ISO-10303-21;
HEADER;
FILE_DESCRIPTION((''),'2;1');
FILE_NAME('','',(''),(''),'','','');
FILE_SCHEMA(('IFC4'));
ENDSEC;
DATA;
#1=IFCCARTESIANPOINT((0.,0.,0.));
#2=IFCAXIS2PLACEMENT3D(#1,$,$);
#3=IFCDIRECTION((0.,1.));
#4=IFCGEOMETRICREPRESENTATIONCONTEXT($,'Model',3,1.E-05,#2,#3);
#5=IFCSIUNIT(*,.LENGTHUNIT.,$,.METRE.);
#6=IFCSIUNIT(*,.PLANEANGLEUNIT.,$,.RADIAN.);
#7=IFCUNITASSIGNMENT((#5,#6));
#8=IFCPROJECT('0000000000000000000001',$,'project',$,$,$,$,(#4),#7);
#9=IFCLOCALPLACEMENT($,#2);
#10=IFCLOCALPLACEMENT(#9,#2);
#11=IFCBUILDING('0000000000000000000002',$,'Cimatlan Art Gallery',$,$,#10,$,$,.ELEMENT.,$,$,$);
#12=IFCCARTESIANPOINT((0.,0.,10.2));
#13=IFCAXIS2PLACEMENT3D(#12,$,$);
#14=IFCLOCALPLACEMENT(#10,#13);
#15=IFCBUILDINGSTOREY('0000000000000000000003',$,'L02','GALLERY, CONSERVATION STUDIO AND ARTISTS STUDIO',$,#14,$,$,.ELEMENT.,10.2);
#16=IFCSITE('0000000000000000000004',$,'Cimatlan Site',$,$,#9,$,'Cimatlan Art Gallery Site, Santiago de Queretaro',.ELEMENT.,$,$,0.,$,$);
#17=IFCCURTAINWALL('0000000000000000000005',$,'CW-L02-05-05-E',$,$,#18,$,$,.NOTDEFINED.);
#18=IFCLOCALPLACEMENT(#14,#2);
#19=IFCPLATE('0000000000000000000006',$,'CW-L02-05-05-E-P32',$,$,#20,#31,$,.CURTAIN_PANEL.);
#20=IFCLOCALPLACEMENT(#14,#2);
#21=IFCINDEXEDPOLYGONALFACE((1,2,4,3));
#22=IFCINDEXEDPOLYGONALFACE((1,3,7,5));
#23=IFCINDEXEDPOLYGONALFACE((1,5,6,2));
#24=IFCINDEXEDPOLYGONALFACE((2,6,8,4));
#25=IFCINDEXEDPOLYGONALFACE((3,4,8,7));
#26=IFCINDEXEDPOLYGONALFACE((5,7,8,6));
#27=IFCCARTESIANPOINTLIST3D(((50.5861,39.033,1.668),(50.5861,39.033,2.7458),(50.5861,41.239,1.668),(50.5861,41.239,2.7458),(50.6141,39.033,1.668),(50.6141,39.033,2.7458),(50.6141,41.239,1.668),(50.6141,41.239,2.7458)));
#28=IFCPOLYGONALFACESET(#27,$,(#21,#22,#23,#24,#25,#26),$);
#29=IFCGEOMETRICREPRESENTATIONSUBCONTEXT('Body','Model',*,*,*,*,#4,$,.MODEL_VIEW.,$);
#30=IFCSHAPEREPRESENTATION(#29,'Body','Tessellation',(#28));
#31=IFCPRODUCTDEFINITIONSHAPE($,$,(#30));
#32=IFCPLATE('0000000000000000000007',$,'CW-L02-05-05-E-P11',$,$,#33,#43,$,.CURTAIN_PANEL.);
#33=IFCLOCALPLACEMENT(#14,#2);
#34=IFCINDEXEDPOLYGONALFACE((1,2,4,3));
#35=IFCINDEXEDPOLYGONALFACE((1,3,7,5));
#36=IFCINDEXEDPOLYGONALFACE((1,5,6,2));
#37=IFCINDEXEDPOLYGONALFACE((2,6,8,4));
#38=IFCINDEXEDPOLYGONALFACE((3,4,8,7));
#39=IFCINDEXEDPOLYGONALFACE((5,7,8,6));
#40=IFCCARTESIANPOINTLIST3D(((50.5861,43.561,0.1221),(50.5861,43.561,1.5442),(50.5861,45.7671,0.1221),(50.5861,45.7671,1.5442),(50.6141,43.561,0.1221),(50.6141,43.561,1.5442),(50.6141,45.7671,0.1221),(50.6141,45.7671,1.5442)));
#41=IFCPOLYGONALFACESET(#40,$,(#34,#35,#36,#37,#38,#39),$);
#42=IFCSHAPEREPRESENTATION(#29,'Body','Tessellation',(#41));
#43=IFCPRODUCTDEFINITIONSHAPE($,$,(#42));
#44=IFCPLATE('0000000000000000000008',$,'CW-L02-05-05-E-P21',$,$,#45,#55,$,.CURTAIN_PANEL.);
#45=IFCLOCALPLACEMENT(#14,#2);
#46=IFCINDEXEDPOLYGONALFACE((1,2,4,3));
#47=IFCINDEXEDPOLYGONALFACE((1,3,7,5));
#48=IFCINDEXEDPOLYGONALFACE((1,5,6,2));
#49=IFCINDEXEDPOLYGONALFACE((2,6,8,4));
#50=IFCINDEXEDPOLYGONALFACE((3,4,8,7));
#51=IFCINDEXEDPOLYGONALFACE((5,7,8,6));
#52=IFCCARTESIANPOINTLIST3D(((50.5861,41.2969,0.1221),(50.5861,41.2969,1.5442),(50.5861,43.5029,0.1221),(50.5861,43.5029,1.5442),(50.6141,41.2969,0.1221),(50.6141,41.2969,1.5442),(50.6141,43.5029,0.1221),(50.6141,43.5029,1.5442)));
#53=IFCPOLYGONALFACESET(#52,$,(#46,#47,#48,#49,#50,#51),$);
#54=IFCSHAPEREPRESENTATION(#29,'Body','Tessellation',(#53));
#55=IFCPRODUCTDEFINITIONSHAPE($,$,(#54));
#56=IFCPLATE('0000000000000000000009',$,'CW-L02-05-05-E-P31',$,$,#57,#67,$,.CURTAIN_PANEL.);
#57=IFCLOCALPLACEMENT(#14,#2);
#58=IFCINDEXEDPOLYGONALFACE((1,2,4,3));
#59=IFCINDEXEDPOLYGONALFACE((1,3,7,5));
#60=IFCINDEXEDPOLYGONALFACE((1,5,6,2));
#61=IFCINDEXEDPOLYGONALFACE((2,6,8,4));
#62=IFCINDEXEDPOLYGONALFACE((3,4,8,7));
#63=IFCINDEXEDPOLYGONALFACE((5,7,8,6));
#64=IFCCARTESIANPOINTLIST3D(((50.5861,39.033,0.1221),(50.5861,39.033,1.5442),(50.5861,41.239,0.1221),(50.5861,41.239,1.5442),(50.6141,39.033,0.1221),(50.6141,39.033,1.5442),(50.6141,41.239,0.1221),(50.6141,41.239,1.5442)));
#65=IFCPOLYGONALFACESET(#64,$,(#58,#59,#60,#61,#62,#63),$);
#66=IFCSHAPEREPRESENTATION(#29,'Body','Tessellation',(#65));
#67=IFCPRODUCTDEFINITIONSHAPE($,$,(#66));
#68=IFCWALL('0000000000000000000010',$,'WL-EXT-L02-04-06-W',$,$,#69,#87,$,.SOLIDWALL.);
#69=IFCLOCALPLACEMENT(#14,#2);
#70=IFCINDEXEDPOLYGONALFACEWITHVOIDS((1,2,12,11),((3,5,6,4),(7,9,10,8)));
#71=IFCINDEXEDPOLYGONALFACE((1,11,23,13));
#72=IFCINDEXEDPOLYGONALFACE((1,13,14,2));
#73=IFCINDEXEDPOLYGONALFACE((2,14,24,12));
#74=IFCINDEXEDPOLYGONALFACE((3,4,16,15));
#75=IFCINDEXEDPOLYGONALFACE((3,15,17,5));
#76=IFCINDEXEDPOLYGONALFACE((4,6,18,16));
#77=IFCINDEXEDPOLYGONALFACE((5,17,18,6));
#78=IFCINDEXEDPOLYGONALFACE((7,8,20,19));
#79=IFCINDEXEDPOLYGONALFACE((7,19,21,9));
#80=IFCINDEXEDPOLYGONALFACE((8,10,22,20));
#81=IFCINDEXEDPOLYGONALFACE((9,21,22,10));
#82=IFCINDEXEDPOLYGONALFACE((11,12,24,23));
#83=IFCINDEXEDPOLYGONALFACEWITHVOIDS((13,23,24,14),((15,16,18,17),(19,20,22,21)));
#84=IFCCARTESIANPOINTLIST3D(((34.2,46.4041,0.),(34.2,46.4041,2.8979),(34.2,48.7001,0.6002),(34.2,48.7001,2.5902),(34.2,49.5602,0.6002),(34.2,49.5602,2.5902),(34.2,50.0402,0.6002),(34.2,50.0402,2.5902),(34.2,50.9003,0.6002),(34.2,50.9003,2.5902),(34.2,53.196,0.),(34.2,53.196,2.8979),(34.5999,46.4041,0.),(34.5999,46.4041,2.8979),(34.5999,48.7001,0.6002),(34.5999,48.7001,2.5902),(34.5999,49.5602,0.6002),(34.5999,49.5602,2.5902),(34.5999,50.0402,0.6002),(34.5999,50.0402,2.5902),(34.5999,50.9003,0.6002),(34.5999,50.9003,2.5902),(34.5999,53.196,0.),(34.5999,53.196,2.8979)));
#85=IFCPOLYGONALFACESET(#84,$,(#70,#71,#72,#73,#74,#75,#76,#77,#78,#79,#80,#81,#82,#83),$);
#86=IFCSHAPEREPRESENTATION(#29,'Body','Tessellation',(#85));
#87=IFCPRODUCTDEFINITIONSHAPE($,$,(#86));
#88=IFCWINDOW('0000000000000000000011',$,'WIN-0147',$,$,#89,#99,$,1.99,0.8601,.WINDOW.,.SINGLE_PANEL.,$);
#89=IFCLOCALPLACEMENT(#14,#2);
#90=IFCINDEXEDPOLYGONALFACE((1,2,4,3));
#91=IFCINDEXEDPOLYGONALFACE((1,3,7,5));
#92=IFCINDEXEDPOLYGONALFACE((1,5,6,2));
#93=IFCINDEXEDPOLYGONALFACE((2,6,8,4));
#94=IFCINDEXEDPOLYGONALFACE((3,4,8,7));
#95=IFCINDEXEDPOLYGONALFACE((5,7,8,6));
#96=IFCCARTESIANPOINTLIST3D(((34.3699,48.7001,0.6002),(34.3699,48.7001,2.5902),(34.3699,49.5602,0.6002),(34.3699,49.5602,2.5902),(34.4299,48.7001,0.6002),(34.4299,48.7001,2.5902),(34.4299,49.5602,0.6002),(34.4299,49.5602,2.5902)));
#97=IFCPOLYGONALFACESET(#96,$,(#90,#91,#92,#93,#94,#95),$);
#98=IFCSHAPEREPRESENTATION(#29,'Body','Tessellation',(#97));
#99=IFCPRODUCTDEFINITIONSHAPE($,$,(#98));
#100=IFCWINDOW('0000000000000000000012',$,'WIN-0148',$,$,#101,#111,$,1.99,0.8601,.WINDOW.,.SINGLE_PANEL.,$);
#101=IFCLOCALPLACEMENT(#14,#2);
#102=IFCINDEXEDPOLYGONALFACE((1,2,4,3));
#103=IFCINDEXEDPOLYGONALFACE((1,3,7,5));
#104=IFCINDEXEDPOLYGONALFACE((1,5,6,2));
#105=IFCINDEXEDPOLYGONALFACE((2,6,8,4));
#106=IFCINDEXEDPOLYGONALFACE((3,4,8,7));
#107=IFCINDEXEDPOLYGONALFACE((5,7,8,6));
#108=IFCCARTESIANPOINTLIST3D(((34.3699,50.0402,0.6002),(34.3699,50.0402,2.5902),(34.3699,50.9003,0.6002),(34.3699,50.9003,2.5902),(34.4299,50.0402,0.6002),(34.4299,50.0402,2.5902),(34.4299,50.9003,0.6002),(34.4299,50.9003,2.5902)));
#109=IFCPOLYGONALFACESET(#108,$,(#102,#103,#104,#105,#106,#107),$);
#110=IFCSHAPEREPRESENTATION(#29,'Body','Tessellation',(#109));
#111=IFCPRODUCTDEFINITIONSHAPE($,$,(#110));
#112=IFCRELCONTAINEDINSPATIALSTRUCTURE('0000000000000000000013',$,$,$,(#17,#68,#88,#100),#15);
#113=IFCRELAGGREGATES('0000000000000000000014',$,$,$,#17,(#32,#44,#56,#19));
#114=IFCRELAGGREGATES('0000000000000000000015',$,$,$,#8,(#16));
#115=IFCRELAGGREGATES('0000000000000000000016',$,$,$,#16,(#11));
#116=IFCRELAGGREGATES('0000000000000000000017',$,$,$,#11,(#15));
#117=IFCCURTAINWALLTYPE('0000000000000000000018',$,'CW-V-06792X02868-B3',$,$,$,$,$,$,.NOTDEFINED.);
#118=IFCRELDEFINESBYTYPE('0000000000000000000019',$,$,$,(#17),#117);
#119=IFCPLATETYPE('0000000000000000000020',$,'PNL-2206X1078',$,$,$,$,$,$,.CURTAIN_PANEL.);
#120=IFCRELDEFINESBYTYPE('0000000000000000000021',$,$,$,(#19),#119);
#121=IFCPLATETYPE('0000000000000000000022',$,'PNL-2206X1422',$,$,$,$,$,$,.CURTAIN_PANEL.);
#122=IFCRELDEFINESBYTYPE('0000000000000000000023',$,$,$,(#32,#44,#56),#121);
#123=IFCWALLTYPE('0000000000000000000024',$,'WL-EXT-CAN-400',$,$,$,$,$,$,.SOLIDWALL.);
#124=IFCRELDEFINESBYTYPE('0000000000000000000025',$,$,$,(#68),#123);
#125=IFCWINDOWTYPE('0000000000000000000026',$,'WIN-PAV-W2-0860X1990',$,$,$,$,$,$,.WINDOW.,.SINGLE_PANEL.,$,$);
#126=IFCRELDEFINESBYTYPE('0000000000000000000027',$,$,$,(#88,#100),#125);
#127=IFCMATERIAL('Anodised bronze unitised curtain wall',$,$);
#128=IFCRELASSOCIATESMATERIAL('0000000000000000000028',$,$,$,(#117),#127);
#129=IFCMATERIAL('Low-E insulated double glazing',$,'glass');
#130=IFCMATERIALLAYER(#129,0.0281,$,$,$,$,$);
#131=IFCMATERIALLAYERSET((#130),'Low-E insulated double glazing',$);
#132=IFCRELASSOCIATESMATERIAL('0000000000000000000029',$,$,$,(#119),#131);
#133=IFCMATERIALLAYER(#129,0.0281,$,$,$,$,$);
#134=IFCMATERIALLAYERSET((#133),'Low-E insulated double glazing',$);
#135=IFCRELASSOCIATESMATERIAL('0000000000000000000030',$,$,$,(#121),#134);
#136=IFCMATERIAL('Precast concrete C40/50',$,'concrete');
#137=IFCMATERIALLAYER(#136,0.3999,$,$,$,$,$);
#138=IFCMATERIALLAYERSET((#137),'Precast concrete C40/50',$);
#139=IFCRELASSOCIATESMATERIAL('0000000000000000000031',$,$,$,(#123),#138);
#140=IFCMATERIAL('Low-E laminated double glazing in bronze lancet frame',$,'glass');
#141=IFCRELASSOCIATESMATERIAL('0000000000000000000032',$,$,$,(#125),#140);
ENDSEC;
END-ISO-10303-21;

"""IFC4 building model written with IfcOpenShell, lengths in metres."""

from ifc_helpers import new_model, si_unit, direction, frame, frame_2d, origin, origin_2d, place, context, subcontext, project, spatial, rectangle, extrude, material, layer, layer_set, type_object, element, fill, aggregate, save


model = new_model("IFC4")

# Units and contexts
model_context = context("Model", 3, precision=1e-05, world=origin(), true_north=direction((0.0, 1.0)))
body_context = subcontext(model_context, "Body", "Model", "MODEL_VIEW")
ifc_project = project(units=[si_unit("LENGTHUNIT", "METRE"), si_unit("PLANEANGLEUNIT", "RADIAN")], contexts=[model_context])

# Site, building, storey
site_placement = place(None, origin())
site = spatial("IfcSite", under=ifc_project, at=site_placement, Name="Cimatlan Site", LongName="Cimatlan Art Gallery Site, Santiago de Queretaro", CompositionType="ELEMENT", RefElevation=0.0)
building_placement = place(site_placement, origin())
building = spatial("IfcBuilding", under=site, at=building_placement, Name="Cimatlan Art Gallery", CompositionType="ELEMENT")
storey_placement = place(building_placement, frame((0.0, 0.0, 10.2)))
storey = spatial("IfcBuildingStorey", under=building, at=storey_placement, Name="L02", Description="GALLERY, CONSERVATION STUDIO AND ARTISTS STUDIO", CompositionType="ELEMENT", Elevation=10.2)

# Curtain wall
ifc_material_1 = material(Name="Anodised bronze unitised curtain wall")
curtain_wall_type_1 = type_object("IfcCurtainWallType", Name="CW-V-06792X02868-B3", PredefinedType="NOTDEFINED", material=ifc_material_1)
curtain_wall_1_placement = place(storey_placement, origin())
curtain_wall_1 = element("IfcCurtainWall", 1, at=curtain_wall_1_placement, inside=storey, type_object=curtain_wall_type_1, Name="CW-L02-05-05-E", PredefinedType="NOTDEFINED")

# Plates
ifc_material_2 = material(Name="Low-E insulated double glazing", Category="glass")
ifc_layer_1 = layer(ifc_material_2, 0.0281)
ifc_layer_set_1 = layer_set([ifc_layer_1], Name="Low-E insulated double glazing")
plate_type_1 = type_object("IfcPlateType", Name="PNL-2206X1078", PredefinedType="CURTAIN_PANEL", material=ifc_layer_set_1)
plate_1_placement = place(storey_placement, frame((50.6001, 40.136, 1.668), z_axis=(0.0, 0.0, 1.0), x_axis=(0.0, -1.0, 0.0)))
plate_1 = element("IfcPlate", 2, at=plate_1_placement, type_object=plate_type_1, Name="CW-L02-05-05-E-P32", PredefinedType="CURTAIN_PANEL", context=body_context, shape_type="SweptSolid", body=[
    extrude(rectangle(XDim=2.2061, YDim=0.0281, at=origin_2d()), origin(), (0.0, 0.0, 1.0), 1.0779),
])
ifc_layer_2 = layer(ifc_material_2, 0.0281)
ifc_layer_set_2 = layer_set([ifc_layer_2], Name="Low-E insulated double glazing")
plate_type_2 = type_object("IfcPlateType", Name="PNL-2206X1422", PredefinedType="CURTAIN_PANEL", material=ifc_layer_set_2)
plate_2_placement = place(storey_placement, frame((50.6001, 44.6641, 0.1221), z_axis=(0.0, 0.0, 1.0), x_axis=(0.0, -1.0, 0.0)))
plate_2 = element("IfcPlate", 3, at=plate_2_placement, type_object=plate_type_2, Name="CW-L02-05-05-E-P11", PredefinedType="CURTAIN_PANEL", context=body_context, shape_type="SweptSolid", body=[
    extrude(rectangle(XDim=2.2061, YDim=0.0281, at=origin_2d()), origin(), (0.0, 0.0, 1.0), 1.4221),
])
plate_3_placement = place(storey_placement, frame((50.6001, 42.3999, 0.1221), z_axis=(0.0, 0.0, 1.0), x_axis=(0.0, -1.0, 0.0)))
plate_3 = element("IfcPlate", 4, at=plate_3_placement, type_object=plate_type_2, Name="CW-L02-05-05-E-P21", PredefinedType="CURTAIN_PANEL", context=body_context, shape_type="SweptSolid", body=[
    extrude(rectangle(XDim=2.2061, YDim=0.0281, at=origin_2d()), origin(), (0.0, 0.0, 1.0), 1.4221),
])
plate_4_placement = place(storey_placement, frame((50.6001, 40.136, 0.1221), z_axis=(0.0, 0.0, 1.0), x_axis=(0.0, -1.0, 0.0)))
plate_4 = element("IfcPlate", 5, at=plate_4_placement, type_object=plate_type_2, Name="CW-L02-05-05-E-P31", PredefinedType="CURTAIN_PANEL", context=body_context, shape_type="SweptSolid", body=[
    extrude(rectangle(XDim=2.2061, YDim=0.0281, at=origin_2d()), origin(), (0.0, 0.0, 1.0), 1.4221),
])
aggregate(curtain_wall_1, [plate_2, plate_3, plate_4, plate_1])

# Wall, openings, windows
ifc_material_3 = material(Name="Precast concrete C40/50", Category="concrete")
ifc_layer_3 = layer(ifc_material_3, 0.3999)
ifc_layer_set_3 = layer_set([ifc_layer_3], Name="Precast concrete C40/50")
wall_type = type_object("IfcWallType", Name="WL-EXT-CAN-400", PredefinedType="SOLIDWALL", material=ifc_layer_set_3)
wall_placement = place(storey_placement, frame((34.3999, 46.4041, 0.0), z_axis=(0.0, 0.0, 1.0), x_axis=(0.0, 1.0, 0.0)))
wall = element("IfcWall", 6, at=wall_placement, inside=storey, type_object=wall_type, Name="WL-EXT-L02-04-06-W", PredefinedType="SOLIDWALL", context=body_context, shape_type="SweptSolid", body=[
    extrude(rectangle(XDim=6.792, YDim=0.3999, at=frame_2d((3.396, 0.0))), origin(), (0.0, 0.0, 1.0), 2.8979),
])
opening_1_placement = place(wall_placement, frame((2.2959, 0.0, 0.6001)))
opening_1 = element("IfcOpeningElement", 7, at=opening_1_placement, cuts=wall, PredefinedType="OPENING", context=body_context, shape_type="SweptSolid", body=[
    extrude(rectangle(XDim=0.8601, YDim=1.99, at=frame_2d((0.4302, 0.9951))), frame((0.0, 0.21, 0.0), z_axis=(0.0, -1.0, 0.0), x_axis=(1.0, 0.0, 0.0)), (0.0, 0.0, 1.0), 0.4199),
])
opening_2_placement = place(wall_placement, frame((3.636, 0.0, 0.6001)))
opening_2 = element("IfcOpeningElement", 8, at=opening_2_placement, cuts=wall, PredefinedType="OPENING", context=body_context, shape_type="SweptSolid", body=[
    extrude(rectangle(XDim=0.8601, YDim=1.99, at=frame_2d((0.4302, 0.9951))), frame((0.0, 0.21, 0.0), z_axis=(0.0, -1.0, 0.0), x_axis=(1.0, 0.0, 0.0)), (0.0, 0.0, 1.0), 0.4199),
])
ifc_material_4 = material(Name="Low-E laminated double glazing in bronze lancet frame", Category="glass")
window_type = type_object("IfcWindowType", Name="WIN-PAV-W2-0860X1990", PartitioningType="SINGLE_PANEL", PredefinedType="WINDOW", material=ifc_material_4)
window_1_placement = place(opening_1_placement, origin())
window_1 = element("IfcWindow", 9, at=window_1_placement, inside=storey, type_object=window_type, Name="WIN-0147", OverallHeight=1.99, OverallWidth=0.8601, PartitioningType="SINGLE_PANEL", PredefinedType="WINDOW", context=body_context, shape_type="SweptSolid", body=[
    extrude(rectangle(XDim=0.8601, YDim=1.99, at=frame_2d((0.4302, 0.9951))), frame((0.0, 0.03, 0.0), z_axis=(0.0, -1.0, 0.0), x_axis=(1.0, 0.0, 0.0)), (0.0, 0.0, 1.0), 0.0601),
])
fill(opening_1, window_1)
window_2_placement = place(opening_2_placement, origin())
window_2 = element("IfcWindow", 10, at=window_2_placement, inside=storey, type_object=window_type, Name="WIN-0148", OverallHeight=1.99, OverallWidth=0.8601, PartitioningType="SINGLE_PANEL", PredefinedType="WINDOW", context=body_context, shape_type="SweptSolid", body=[
    extrude(rectangle(XDim=0.8601, YDim=1.99, at=frame_2d((0.4302, 0.9951))), frame((0.0, 0.03, 0.0), z_axis=(0.0, -1.0, 0.0), x_axis=(1.0, 0.0, 0.0)), (0.0, 0.0, 1.0), 0.0601),
])
fill(opening_2, window_2)

save(model, "model.ifc")
